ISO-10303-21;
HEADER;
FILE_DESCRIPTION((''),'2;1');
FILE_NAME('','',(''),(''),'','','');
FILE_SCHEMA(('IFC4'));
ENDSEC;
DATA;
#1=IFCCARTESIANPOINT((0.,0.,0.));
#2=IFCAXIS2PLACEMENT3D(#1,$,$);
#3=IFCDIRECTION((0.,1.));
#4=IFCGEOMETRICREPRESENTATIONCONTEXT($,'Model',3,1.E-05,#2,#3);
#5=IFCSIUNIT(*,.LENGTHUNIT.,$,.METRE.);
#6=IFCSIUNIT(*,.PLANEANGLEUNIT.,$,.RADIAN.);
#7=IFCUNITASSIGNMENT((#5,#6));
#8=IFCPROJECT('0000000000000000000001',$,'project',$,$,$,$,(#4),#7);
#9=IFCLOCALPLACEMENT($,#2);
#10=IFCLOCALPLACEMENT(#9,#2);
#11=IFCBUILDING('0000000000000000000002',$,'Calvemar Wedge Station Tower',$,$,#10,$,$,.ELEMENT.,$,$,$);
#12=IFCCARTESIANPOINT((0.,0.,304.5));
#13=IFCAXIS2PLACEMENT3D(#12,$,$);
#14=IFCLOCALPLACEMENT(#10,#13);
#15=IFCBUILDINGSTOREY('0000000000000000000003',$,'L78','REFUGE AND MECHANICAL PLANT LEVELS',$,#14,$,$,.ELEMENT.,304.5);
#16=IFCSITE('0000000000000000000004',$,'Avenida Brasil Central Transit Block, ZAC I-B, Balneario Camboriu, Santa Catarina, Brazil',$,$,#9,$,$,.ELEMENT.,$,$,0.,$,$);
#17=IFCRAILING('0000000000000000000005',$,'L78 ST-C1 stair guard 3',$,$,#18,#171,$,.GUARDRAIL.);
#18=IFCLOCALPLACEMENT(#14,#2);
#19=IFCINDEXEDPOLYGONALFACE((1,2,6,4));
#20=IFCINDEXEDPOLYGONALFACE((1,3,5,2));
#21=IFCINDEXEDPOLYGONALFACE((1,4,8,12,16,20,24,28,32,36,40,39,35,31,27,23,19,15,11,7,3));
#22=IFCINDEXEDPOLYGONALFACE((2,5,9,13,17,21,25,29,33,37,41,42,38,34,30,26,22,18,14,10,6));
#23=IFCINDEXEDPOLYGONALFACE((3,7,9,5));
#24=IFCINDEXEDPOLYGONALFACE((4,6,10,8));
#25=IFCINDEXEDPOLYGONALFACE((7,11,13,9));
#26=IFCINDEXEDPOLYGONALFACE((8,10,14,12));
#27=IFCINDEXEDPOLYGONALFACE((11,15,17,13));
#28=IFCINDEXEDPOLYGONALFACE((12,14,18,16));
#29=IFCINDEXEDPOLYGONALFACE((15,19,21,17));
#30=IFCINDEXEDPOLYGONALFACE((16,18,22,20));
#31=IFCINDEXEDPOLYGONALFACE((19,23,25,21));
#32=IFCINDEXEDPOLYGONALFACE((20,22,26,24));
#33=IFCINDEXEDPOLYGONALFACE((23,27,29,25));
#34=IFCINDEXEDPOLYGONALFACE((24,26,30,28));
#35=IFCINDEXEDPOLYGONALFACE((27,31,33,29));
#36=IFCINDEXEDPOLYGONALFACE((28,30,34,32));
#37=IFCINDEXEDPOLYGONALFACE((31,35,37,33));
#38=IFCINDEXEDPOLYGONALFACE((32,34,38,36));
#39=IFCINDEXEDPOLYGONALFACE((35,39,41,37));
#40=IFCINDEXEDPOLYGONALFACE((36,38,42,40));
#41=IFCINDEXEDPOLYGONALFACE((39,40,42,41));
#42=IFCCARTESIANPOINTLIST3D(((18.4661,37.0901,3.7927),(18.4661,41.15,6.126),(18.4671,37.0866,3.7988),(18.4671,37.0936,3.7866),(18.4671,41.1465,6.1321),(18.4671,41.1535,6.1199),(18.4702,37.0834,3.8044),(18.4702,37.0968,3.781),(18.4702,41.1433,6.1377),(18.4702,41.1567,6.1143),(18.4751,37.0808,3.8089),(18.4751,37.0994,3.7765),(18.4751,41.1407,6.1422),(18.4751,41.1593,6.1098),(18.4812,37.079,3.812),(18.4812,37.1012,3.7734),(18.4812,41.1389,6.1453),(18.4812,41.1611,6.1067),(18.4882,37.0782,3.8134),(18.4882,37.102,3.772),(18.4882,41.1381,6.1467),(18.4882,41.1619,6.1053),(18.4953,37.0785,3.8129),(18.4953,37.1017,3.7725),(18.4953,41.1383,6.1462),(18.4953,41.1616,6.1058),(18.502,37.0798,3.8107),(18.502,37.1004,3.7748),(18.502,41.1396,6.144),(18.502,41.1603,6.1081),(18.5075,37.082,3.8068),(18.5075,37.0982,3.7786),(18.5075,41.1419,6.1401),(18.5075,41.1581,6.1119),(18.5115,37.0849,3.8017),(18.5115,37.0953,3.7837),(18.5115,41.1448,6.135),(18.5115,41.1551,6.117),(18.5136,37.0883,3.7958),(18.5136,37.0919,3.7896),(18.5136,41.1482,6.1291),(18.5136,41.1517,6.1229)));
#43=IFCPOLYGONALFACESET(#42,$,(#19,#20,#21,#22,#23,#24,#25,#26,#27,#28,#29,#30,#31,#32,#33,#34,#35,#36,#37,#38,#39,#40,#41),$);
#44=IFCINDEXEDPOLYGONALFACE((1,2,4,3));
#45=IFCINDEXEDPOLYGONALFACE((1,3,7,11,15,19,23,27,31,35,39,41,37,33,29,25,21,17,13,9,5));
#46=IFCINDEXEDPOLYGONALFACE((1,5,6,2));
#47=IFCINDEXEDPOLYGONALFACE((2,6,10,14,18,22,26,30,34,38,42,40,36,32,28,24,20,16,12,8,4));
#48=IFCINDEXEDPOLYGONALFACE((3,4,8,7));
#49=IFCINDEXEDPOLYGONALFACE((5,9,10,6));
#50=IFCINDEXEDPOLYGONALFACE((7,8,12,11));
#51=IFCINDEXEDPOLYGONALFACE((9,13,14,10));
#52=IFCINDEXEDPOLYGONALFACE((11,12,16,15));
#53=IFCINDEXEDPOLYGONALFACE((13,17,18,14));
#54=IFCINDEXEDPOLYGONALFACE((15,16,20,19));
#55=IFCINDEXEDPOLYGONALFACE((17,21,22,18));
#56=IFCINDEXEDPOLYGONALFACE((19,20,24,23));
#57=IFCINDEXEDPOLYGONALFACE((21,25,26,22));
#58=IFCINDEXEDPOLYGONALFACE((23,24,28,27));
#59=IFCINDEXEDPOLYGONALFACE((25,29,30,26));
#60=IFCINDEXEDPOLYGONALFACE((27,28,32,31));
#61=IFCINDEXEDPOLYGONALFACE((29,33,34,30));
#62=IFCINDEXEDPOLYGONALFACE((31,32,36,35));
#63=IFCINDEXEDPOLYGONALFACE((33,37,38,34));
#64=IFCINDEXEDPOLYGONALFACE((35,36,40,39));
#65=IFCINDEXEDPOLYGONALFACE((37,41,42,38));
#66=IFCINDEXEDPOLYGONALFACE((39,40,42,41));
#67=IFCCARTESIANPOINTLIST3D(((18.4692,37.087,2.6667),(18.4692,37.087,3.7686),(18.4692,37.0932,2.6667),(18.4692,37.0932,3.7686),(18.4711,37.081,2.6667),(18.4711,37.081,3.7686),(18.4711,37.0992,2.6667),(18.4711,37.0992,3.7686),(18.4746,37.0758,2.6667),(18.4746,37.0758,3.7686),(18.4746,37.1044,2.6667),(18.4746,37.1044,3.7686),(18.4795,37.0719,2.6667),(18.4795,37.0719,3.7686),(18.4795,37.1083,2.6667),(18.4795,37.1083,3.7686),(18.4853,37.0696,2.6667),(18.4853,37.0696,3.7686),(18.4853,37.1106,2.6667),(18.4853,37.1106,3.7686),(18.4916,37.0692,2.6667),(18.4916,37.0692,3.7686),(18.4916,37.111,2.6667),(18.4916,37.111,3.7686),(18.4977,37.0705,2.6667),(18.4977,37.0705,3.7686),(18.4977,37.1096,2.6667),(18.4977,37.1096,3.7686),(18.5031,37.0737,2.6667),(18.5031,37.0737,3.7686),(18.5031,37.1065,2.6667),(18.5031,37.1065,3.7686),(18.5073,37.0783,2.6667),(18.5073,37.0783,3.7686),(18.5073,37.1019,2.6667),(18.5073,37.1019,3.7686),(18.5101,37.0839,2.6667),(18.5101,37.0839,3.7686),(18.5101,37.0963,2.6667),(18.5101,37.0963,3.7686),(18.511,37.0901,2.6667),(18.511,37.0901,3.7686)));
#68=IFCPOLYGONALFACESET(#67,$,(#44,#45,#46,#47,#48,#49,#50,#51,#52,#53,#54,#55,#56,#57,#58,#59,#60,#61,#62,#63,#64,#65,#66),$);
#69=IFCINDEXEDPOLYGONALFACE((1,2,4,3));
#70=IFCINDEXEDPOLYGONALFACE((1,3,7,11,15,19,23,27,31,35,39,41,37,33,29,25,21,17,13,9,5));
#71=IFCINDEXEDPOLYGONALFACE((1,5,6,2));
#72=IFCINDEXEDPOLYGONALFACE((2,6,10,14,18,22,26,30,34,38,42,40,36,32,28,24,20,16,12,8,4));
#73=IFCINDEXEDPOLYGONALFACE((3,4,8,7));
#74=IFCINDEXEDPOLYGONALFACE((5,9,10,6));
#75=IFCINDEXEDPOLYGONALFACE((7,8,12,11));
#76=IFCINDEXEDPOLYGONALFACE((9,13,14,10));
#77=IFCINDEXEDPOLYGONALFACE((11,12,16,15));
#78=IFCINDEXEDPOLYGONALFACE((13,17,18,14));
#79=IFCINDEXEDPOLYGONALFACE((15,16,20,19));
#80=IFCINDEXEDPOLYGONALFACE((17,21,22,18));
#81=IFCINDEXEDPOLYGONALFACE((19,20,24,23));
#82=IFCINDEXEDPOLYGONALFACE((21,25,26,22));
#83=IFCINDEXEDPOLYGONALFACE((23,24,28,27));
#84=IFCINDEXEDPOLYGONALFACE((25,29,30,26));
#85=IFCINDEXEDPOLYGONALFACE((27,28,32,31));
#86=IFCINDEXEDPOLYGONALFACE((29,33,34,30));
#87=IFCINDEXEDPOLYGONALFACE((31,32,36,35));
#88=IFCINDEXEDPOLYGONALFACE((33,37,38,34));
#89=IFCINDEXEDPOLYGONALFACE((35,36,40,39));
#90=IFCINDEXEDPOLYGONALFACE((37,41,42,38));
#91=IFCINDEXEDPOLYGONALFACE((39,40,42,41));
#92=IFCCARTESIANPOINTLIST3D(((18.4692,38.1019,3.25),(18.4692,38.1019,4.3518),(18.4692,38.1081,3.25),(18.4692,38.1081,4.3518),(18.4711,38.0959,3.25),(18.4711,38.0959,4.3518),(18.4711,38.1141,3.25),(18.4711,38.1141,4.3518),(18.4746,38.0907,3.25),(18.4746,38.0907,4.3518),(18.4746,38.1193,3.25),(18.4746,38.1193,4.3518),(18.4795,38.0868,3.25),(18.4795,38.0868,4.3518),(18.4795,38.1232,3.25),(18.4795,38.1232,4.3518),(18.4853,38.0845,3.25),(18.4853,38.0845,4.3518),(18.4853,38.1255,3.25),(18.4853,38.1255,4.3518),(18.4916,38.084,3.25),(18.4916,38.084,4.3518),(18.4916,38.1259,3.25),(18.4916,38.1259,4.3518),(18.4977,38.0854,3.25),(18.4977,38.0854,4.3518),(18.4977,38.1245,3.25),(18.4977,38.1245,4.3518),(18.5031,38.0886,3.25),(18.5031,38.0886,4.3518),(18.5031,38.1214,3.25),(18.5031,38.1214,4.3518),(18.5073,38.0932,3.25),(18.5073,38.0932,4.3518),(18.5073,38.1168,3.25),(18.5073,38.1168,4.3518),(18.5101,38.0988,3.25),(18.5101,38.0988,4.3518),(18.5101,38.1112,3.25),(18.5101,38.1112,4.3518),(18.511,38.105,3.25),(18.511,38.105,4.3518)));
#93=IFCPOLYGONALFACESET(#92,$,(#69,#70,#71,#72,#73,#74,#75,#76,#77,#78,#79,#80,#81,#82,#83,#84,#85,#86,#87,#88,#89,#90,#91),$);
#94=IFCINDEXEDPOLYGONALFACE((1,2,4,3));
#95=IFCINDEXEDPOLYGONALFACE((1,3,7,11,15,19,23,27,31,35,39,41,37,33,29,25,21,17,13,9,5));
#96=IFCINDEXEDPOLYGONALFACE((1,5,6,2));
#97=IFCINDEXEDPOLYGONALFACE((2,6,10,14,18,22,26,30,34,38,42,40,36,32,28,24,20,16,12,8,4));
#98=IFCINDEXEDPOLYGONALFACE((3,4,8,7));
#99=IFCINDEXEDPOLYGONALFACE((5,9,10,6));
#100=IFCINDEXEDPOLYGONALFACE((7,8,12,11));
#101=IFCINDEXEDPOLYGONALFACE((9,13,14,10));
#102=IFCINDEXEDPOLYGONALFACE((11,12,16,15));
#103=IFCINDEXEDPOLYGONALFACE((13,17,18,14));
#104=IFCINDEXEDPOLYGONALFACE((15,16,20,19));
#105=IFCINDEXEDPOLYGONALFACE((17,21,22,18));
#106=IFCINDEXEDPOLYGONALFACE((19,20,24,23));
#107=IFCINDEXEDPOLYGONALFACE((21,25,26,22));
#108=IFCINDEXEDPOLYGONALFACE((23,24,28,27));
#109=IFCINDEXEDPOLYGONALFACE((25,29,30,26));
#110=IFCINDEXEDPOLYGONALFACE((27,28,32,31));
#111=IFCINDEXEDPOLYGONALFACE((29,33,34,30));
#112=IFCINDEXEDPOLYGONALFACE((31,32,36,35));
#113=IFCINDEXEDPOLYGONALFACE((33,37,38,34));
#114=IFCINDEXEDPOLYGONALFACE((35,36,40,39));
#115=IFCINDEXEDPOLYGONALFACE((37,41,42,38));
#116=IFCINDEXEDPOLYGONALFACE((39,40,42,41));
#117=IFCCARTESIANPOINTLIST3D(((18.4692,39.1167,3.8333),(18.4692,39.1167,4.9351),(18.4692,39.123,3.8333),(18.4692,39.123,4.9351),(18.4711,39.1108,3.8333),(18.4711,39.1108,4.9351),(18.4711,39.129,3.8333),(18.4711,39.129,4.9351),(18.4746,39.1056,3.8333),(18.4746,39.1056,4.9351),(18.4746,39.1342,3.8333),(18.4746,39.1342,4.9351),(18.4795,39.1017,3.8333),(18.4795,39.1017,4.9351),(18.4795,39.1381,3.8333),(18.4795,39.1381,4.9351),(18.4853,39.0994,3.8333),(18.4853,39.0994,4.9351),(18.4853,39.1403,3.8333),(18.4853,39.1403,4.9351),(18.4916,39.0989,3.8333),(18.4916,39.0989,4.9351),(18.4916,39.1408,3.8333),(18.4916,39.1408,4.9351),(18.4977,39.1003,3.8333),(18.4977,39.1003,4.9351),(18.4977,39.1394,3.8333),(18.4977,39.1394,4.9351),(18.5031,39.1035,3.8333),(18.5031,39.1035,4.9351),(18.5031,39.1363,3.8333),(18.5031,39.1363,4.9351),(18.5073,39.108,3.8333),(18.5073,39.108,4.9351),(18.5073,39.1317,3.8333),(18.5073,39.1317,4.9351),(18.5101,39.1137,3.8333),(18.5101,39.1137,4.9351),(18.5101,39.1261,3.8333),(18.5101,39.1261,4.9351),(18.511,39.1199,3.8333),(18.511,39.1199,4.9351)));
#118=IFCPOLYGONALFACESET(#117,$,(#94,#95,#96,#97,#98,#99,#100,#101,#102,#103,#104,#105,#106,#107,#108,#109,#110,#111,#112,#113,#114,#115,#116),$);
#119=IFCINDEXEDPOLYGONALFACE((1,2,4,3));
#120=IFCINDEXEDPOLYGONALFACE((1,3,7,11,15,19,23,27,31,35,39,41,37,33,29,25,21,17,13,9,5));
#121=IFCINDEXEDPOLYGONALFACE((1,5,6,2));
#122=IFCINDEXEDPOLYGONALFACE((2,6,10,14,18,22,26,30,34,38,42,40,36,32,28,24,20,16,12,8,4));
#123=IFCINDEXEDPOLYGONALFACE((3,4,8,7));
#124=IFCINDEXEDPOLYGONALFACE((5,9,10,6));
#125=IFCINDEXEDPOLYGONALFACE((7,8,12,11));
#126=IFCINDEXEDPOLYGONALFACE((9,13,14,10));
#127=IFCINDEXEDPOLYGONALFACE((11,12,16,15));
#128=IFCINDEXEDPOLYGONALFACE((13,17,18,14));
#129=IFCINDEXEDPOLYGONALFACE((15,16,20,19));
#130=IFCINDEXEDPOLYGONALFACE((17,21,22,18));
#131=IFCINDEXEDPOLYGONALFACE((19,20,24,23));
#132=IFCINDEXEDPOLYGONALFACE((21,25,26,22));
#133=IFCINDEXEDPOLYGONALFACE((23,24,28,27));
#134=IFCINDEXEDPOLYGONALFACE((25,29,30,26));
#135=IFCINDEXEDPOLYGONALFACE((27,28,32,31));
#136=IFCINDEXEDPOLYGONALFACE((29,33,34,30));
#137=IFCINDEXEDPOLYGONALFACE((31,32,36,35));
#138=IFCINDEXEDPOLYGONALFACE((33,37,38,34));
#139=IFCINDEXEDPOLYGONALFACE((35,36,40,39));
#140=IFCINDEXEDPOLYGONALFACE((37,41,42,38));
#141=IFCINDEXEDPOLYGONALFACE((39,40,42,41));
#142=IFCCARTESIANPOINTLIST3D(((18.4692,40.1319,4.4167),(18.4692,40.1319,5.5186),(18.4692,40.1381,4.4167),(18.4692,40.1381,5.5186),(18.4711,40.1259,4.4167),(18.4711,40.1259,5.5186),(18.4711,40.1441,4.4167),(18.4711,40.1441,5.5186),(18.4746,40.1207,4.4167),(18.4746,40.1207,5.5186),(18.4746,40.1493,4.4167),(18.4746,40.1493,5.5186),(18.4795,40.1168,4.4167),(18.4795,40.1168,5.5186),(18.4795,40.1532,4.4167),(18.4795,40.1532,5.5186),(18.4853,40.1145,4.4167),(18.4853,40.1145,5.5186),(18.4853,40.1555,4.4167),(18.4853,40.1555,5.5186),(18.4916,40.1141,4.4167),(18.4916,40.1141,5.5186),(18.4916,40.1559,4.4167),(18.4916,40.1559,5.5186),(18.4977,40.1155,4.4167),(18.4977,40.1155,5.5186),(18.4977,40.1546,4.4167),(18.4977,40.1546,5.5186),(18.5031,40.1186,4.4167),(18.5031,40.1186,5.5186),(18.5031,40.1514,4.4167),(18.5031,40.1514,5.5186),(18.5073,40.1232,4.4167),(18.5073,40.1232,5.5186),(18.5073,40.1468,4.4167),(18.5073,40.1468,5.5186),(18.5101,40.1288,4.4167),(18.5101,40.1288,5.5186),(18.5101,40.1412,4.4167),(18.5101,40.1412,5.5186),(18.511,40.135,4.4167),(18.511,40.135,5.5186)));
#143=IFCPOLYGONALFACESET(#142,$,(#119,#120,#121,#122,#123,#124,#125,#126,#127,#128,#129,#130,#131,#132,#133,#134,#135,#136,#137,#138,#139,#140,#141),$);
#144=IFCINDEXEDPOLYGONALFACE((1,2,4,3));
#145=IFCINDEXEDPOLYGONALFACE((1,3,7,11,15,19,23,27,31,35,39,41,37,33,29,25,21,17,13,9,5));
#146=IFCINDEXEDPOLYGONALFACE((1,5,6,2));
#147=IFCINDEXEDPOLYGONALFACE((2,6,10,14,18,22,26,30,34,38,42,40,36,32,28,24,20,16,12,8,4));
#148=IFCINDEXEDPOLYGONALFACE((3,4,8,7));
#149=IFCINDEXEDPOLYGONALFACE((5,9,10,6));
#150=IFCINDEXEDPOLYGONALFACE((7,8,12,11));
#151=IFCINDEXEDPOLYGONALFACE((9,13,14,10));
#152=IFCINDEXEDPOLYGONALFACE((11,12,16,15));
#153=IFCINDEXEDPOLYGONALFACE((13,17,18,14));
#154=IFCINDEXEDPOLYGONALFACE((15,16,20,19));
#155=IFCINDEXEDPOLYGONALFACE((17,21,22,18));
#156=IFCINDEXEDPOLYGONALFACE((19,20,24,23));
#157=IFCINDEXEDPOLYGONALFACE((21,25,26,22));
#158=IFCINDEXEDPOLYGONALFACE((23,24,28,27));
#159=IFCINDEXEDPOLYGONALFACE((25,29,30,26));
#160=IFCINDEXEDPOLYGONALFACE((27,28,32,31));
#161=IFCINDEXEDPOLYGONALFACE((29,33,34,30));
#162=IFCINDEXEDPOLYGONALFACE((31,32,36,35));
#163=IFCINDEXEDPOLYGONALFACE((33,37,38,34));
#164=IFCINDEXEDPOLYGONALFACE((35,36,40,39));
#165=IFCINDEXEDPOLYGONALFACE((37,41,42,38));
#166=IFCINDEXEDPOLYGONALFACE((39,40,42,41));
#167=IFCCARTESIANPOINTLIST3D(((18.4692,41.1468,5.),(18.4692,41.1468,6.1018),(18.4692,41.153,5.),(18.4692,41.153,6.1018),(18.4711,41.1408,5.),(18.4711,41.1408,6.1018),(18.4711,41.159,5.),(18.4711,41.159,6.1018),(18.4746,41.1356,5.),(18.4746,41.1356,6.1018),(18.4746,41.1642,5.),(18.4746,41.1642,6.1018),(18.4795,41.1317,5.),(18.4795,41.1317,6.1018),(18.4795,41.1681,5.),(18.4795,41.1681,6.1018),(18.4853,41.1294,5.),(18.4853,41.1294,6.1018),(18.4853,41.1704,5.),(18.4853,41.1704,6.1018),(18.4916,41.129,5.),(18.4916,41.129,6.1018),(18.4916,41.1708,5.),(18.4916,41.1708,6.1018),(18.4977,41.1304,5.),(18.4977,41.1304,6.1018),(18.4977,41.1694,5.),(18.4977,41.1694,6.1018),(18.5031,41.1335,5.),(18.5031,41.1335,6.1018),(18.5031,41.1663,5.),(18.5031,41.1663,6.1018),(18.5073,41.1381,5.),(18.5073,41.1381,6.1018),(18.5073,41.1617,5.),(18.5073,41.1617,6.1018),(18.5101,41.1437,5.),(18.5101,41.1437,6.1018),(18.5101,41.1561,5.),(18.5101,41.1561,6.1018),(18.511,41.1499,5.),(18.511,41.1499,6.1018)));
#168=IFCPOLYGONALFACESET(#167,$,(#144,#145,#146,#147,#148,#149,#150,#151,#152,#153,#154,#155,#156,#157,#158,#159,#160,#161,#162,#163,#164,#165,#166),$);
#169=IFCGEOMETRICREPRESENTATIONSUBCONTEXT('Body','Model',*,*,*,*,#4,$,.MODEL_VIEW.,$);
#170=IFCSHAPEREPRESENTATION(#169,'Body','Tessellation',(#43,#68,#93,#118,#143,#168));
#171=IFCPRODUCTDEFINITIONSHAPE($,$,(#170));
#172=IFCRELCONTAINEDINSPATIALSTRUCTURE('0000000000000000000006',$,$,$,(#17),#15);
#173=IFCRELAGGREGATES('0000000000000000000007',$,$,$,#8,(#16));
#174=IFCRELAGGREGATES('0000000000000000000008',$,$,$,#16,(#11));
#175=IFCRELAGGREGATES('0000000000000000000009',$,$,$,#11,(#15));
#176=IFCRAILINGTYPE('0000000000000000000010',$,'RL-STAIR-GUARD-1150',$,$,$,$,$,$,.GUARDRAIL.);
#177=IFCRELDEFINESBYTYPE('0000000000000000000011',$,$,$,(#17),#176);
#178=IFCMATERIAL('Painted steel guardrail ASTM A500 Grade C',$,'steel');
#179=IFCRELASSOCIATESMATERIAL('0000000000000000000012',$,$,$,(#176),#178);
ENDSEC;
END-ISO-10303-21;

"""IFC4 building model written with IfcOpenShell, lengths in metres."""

from ifc_helpers import new_model, si_unit, direction, frame, origin, origin_2d, place, context, subcontext, project, spatial, circle, extrude, material, type_object, element, save


model = new_model("IFC4")

# Units and contexts
model_context = context("Model", 3, precision=1e-05, world=origin(), true_north=direction((0.0, 1.0)))
body_context = subcontext(model_context, "Body", "Model", "MODEL_VIEW")
ifc_project = project(units=[si_unit("LENGTHUNIT", "METRE"), si_unit("PLANEANGLEUNIT", "RADIAN")], contexts=[model_context])

# Site, building, storey
site_placement = place(None, origin())
site = spatial("IfcSite", under=ifc_project, at=site_placement, Name="Avenida Brasil Central Transit Block, ZAC I-B, Balneario Camboriu, Santa Catarina, Brazil", CompositionType="ELEMENT", RefElevation=0.0)
building_placement = place(site_placement, origin())
building = spatial("IfcBuilding", under=site, at=building_placement, Name="Calvemar Wedge Station Tower", CompositionType="ELEMENT")
storey_placement = place(building_placement, frame((0.0, 0.0, 304.5)))
storey = spatial("IfcBuildingStorey", under=building, at=storey_placement, Name="L78", Description="REFUGE AND MECHANICAL PLANT LEVELS", CompositionType="ELEMENT", Elevation=304.5)

# Railing
ifc_material_1 = material(Name="Painted steel guardrail ASTM A500 Grade C", Category="steel")
railing_type_1 = type_object("IfcRailingType", Name="RL-STAIR-GUARD-1150", PredefinedType="GUARDRAIL", material=ifc_material_1)
railing_1_placement = place(storey_placement, frame((18.49, 37.0901, 2.6667)))
element("IfcRailing", 1, at=railing_1_placement, inside=storey, type_object=railing_type_1, Name="L78 ST-C1 stair guard 3", PredefinedType="GUARDRAIL", context=body_context, shape_type="SweptSolid", body=[
    extrude(circle(Radius=0.0239, at=origin_2d()), frame((0.0, 0.0, 1.126), z_axis=(0.0, 0.867012, 0.498288), x_axis=(-1.0, 0.0, 0.0)), (0.0, 0.0, 1.0), 4.6826),
    extrude(circle(Radius=0.021, at=origin_2d()), origin(), (0.0, 0.0, 1.0), 1.1018),
    extrude(circle(Radius=0.021, at=origin_2d()), frame((0.0, 1.0149, 0.5833)), (0.0, 0.0, 1.0), 1.1018),
    extrude(circle(Radius=0.021, at=origin_2d()), frame((0.0, 2.0298, 1.1665)), (0.0, 0.0, 1.0), 1.1018),
    extrude(circle(Radius=0.021, at=origin_2d()), frame((0.0, 3.0449, 1.75)), (0.0, 0.0, 1.0), 1.1018),
    extrude(circle(Radius=0.021, at=origin_2d()), frame((0.0, 4.0598, 2.3333)), (0.0, 0.0, 1.0), 1.1018),
])

save(model, "model.ifc")
